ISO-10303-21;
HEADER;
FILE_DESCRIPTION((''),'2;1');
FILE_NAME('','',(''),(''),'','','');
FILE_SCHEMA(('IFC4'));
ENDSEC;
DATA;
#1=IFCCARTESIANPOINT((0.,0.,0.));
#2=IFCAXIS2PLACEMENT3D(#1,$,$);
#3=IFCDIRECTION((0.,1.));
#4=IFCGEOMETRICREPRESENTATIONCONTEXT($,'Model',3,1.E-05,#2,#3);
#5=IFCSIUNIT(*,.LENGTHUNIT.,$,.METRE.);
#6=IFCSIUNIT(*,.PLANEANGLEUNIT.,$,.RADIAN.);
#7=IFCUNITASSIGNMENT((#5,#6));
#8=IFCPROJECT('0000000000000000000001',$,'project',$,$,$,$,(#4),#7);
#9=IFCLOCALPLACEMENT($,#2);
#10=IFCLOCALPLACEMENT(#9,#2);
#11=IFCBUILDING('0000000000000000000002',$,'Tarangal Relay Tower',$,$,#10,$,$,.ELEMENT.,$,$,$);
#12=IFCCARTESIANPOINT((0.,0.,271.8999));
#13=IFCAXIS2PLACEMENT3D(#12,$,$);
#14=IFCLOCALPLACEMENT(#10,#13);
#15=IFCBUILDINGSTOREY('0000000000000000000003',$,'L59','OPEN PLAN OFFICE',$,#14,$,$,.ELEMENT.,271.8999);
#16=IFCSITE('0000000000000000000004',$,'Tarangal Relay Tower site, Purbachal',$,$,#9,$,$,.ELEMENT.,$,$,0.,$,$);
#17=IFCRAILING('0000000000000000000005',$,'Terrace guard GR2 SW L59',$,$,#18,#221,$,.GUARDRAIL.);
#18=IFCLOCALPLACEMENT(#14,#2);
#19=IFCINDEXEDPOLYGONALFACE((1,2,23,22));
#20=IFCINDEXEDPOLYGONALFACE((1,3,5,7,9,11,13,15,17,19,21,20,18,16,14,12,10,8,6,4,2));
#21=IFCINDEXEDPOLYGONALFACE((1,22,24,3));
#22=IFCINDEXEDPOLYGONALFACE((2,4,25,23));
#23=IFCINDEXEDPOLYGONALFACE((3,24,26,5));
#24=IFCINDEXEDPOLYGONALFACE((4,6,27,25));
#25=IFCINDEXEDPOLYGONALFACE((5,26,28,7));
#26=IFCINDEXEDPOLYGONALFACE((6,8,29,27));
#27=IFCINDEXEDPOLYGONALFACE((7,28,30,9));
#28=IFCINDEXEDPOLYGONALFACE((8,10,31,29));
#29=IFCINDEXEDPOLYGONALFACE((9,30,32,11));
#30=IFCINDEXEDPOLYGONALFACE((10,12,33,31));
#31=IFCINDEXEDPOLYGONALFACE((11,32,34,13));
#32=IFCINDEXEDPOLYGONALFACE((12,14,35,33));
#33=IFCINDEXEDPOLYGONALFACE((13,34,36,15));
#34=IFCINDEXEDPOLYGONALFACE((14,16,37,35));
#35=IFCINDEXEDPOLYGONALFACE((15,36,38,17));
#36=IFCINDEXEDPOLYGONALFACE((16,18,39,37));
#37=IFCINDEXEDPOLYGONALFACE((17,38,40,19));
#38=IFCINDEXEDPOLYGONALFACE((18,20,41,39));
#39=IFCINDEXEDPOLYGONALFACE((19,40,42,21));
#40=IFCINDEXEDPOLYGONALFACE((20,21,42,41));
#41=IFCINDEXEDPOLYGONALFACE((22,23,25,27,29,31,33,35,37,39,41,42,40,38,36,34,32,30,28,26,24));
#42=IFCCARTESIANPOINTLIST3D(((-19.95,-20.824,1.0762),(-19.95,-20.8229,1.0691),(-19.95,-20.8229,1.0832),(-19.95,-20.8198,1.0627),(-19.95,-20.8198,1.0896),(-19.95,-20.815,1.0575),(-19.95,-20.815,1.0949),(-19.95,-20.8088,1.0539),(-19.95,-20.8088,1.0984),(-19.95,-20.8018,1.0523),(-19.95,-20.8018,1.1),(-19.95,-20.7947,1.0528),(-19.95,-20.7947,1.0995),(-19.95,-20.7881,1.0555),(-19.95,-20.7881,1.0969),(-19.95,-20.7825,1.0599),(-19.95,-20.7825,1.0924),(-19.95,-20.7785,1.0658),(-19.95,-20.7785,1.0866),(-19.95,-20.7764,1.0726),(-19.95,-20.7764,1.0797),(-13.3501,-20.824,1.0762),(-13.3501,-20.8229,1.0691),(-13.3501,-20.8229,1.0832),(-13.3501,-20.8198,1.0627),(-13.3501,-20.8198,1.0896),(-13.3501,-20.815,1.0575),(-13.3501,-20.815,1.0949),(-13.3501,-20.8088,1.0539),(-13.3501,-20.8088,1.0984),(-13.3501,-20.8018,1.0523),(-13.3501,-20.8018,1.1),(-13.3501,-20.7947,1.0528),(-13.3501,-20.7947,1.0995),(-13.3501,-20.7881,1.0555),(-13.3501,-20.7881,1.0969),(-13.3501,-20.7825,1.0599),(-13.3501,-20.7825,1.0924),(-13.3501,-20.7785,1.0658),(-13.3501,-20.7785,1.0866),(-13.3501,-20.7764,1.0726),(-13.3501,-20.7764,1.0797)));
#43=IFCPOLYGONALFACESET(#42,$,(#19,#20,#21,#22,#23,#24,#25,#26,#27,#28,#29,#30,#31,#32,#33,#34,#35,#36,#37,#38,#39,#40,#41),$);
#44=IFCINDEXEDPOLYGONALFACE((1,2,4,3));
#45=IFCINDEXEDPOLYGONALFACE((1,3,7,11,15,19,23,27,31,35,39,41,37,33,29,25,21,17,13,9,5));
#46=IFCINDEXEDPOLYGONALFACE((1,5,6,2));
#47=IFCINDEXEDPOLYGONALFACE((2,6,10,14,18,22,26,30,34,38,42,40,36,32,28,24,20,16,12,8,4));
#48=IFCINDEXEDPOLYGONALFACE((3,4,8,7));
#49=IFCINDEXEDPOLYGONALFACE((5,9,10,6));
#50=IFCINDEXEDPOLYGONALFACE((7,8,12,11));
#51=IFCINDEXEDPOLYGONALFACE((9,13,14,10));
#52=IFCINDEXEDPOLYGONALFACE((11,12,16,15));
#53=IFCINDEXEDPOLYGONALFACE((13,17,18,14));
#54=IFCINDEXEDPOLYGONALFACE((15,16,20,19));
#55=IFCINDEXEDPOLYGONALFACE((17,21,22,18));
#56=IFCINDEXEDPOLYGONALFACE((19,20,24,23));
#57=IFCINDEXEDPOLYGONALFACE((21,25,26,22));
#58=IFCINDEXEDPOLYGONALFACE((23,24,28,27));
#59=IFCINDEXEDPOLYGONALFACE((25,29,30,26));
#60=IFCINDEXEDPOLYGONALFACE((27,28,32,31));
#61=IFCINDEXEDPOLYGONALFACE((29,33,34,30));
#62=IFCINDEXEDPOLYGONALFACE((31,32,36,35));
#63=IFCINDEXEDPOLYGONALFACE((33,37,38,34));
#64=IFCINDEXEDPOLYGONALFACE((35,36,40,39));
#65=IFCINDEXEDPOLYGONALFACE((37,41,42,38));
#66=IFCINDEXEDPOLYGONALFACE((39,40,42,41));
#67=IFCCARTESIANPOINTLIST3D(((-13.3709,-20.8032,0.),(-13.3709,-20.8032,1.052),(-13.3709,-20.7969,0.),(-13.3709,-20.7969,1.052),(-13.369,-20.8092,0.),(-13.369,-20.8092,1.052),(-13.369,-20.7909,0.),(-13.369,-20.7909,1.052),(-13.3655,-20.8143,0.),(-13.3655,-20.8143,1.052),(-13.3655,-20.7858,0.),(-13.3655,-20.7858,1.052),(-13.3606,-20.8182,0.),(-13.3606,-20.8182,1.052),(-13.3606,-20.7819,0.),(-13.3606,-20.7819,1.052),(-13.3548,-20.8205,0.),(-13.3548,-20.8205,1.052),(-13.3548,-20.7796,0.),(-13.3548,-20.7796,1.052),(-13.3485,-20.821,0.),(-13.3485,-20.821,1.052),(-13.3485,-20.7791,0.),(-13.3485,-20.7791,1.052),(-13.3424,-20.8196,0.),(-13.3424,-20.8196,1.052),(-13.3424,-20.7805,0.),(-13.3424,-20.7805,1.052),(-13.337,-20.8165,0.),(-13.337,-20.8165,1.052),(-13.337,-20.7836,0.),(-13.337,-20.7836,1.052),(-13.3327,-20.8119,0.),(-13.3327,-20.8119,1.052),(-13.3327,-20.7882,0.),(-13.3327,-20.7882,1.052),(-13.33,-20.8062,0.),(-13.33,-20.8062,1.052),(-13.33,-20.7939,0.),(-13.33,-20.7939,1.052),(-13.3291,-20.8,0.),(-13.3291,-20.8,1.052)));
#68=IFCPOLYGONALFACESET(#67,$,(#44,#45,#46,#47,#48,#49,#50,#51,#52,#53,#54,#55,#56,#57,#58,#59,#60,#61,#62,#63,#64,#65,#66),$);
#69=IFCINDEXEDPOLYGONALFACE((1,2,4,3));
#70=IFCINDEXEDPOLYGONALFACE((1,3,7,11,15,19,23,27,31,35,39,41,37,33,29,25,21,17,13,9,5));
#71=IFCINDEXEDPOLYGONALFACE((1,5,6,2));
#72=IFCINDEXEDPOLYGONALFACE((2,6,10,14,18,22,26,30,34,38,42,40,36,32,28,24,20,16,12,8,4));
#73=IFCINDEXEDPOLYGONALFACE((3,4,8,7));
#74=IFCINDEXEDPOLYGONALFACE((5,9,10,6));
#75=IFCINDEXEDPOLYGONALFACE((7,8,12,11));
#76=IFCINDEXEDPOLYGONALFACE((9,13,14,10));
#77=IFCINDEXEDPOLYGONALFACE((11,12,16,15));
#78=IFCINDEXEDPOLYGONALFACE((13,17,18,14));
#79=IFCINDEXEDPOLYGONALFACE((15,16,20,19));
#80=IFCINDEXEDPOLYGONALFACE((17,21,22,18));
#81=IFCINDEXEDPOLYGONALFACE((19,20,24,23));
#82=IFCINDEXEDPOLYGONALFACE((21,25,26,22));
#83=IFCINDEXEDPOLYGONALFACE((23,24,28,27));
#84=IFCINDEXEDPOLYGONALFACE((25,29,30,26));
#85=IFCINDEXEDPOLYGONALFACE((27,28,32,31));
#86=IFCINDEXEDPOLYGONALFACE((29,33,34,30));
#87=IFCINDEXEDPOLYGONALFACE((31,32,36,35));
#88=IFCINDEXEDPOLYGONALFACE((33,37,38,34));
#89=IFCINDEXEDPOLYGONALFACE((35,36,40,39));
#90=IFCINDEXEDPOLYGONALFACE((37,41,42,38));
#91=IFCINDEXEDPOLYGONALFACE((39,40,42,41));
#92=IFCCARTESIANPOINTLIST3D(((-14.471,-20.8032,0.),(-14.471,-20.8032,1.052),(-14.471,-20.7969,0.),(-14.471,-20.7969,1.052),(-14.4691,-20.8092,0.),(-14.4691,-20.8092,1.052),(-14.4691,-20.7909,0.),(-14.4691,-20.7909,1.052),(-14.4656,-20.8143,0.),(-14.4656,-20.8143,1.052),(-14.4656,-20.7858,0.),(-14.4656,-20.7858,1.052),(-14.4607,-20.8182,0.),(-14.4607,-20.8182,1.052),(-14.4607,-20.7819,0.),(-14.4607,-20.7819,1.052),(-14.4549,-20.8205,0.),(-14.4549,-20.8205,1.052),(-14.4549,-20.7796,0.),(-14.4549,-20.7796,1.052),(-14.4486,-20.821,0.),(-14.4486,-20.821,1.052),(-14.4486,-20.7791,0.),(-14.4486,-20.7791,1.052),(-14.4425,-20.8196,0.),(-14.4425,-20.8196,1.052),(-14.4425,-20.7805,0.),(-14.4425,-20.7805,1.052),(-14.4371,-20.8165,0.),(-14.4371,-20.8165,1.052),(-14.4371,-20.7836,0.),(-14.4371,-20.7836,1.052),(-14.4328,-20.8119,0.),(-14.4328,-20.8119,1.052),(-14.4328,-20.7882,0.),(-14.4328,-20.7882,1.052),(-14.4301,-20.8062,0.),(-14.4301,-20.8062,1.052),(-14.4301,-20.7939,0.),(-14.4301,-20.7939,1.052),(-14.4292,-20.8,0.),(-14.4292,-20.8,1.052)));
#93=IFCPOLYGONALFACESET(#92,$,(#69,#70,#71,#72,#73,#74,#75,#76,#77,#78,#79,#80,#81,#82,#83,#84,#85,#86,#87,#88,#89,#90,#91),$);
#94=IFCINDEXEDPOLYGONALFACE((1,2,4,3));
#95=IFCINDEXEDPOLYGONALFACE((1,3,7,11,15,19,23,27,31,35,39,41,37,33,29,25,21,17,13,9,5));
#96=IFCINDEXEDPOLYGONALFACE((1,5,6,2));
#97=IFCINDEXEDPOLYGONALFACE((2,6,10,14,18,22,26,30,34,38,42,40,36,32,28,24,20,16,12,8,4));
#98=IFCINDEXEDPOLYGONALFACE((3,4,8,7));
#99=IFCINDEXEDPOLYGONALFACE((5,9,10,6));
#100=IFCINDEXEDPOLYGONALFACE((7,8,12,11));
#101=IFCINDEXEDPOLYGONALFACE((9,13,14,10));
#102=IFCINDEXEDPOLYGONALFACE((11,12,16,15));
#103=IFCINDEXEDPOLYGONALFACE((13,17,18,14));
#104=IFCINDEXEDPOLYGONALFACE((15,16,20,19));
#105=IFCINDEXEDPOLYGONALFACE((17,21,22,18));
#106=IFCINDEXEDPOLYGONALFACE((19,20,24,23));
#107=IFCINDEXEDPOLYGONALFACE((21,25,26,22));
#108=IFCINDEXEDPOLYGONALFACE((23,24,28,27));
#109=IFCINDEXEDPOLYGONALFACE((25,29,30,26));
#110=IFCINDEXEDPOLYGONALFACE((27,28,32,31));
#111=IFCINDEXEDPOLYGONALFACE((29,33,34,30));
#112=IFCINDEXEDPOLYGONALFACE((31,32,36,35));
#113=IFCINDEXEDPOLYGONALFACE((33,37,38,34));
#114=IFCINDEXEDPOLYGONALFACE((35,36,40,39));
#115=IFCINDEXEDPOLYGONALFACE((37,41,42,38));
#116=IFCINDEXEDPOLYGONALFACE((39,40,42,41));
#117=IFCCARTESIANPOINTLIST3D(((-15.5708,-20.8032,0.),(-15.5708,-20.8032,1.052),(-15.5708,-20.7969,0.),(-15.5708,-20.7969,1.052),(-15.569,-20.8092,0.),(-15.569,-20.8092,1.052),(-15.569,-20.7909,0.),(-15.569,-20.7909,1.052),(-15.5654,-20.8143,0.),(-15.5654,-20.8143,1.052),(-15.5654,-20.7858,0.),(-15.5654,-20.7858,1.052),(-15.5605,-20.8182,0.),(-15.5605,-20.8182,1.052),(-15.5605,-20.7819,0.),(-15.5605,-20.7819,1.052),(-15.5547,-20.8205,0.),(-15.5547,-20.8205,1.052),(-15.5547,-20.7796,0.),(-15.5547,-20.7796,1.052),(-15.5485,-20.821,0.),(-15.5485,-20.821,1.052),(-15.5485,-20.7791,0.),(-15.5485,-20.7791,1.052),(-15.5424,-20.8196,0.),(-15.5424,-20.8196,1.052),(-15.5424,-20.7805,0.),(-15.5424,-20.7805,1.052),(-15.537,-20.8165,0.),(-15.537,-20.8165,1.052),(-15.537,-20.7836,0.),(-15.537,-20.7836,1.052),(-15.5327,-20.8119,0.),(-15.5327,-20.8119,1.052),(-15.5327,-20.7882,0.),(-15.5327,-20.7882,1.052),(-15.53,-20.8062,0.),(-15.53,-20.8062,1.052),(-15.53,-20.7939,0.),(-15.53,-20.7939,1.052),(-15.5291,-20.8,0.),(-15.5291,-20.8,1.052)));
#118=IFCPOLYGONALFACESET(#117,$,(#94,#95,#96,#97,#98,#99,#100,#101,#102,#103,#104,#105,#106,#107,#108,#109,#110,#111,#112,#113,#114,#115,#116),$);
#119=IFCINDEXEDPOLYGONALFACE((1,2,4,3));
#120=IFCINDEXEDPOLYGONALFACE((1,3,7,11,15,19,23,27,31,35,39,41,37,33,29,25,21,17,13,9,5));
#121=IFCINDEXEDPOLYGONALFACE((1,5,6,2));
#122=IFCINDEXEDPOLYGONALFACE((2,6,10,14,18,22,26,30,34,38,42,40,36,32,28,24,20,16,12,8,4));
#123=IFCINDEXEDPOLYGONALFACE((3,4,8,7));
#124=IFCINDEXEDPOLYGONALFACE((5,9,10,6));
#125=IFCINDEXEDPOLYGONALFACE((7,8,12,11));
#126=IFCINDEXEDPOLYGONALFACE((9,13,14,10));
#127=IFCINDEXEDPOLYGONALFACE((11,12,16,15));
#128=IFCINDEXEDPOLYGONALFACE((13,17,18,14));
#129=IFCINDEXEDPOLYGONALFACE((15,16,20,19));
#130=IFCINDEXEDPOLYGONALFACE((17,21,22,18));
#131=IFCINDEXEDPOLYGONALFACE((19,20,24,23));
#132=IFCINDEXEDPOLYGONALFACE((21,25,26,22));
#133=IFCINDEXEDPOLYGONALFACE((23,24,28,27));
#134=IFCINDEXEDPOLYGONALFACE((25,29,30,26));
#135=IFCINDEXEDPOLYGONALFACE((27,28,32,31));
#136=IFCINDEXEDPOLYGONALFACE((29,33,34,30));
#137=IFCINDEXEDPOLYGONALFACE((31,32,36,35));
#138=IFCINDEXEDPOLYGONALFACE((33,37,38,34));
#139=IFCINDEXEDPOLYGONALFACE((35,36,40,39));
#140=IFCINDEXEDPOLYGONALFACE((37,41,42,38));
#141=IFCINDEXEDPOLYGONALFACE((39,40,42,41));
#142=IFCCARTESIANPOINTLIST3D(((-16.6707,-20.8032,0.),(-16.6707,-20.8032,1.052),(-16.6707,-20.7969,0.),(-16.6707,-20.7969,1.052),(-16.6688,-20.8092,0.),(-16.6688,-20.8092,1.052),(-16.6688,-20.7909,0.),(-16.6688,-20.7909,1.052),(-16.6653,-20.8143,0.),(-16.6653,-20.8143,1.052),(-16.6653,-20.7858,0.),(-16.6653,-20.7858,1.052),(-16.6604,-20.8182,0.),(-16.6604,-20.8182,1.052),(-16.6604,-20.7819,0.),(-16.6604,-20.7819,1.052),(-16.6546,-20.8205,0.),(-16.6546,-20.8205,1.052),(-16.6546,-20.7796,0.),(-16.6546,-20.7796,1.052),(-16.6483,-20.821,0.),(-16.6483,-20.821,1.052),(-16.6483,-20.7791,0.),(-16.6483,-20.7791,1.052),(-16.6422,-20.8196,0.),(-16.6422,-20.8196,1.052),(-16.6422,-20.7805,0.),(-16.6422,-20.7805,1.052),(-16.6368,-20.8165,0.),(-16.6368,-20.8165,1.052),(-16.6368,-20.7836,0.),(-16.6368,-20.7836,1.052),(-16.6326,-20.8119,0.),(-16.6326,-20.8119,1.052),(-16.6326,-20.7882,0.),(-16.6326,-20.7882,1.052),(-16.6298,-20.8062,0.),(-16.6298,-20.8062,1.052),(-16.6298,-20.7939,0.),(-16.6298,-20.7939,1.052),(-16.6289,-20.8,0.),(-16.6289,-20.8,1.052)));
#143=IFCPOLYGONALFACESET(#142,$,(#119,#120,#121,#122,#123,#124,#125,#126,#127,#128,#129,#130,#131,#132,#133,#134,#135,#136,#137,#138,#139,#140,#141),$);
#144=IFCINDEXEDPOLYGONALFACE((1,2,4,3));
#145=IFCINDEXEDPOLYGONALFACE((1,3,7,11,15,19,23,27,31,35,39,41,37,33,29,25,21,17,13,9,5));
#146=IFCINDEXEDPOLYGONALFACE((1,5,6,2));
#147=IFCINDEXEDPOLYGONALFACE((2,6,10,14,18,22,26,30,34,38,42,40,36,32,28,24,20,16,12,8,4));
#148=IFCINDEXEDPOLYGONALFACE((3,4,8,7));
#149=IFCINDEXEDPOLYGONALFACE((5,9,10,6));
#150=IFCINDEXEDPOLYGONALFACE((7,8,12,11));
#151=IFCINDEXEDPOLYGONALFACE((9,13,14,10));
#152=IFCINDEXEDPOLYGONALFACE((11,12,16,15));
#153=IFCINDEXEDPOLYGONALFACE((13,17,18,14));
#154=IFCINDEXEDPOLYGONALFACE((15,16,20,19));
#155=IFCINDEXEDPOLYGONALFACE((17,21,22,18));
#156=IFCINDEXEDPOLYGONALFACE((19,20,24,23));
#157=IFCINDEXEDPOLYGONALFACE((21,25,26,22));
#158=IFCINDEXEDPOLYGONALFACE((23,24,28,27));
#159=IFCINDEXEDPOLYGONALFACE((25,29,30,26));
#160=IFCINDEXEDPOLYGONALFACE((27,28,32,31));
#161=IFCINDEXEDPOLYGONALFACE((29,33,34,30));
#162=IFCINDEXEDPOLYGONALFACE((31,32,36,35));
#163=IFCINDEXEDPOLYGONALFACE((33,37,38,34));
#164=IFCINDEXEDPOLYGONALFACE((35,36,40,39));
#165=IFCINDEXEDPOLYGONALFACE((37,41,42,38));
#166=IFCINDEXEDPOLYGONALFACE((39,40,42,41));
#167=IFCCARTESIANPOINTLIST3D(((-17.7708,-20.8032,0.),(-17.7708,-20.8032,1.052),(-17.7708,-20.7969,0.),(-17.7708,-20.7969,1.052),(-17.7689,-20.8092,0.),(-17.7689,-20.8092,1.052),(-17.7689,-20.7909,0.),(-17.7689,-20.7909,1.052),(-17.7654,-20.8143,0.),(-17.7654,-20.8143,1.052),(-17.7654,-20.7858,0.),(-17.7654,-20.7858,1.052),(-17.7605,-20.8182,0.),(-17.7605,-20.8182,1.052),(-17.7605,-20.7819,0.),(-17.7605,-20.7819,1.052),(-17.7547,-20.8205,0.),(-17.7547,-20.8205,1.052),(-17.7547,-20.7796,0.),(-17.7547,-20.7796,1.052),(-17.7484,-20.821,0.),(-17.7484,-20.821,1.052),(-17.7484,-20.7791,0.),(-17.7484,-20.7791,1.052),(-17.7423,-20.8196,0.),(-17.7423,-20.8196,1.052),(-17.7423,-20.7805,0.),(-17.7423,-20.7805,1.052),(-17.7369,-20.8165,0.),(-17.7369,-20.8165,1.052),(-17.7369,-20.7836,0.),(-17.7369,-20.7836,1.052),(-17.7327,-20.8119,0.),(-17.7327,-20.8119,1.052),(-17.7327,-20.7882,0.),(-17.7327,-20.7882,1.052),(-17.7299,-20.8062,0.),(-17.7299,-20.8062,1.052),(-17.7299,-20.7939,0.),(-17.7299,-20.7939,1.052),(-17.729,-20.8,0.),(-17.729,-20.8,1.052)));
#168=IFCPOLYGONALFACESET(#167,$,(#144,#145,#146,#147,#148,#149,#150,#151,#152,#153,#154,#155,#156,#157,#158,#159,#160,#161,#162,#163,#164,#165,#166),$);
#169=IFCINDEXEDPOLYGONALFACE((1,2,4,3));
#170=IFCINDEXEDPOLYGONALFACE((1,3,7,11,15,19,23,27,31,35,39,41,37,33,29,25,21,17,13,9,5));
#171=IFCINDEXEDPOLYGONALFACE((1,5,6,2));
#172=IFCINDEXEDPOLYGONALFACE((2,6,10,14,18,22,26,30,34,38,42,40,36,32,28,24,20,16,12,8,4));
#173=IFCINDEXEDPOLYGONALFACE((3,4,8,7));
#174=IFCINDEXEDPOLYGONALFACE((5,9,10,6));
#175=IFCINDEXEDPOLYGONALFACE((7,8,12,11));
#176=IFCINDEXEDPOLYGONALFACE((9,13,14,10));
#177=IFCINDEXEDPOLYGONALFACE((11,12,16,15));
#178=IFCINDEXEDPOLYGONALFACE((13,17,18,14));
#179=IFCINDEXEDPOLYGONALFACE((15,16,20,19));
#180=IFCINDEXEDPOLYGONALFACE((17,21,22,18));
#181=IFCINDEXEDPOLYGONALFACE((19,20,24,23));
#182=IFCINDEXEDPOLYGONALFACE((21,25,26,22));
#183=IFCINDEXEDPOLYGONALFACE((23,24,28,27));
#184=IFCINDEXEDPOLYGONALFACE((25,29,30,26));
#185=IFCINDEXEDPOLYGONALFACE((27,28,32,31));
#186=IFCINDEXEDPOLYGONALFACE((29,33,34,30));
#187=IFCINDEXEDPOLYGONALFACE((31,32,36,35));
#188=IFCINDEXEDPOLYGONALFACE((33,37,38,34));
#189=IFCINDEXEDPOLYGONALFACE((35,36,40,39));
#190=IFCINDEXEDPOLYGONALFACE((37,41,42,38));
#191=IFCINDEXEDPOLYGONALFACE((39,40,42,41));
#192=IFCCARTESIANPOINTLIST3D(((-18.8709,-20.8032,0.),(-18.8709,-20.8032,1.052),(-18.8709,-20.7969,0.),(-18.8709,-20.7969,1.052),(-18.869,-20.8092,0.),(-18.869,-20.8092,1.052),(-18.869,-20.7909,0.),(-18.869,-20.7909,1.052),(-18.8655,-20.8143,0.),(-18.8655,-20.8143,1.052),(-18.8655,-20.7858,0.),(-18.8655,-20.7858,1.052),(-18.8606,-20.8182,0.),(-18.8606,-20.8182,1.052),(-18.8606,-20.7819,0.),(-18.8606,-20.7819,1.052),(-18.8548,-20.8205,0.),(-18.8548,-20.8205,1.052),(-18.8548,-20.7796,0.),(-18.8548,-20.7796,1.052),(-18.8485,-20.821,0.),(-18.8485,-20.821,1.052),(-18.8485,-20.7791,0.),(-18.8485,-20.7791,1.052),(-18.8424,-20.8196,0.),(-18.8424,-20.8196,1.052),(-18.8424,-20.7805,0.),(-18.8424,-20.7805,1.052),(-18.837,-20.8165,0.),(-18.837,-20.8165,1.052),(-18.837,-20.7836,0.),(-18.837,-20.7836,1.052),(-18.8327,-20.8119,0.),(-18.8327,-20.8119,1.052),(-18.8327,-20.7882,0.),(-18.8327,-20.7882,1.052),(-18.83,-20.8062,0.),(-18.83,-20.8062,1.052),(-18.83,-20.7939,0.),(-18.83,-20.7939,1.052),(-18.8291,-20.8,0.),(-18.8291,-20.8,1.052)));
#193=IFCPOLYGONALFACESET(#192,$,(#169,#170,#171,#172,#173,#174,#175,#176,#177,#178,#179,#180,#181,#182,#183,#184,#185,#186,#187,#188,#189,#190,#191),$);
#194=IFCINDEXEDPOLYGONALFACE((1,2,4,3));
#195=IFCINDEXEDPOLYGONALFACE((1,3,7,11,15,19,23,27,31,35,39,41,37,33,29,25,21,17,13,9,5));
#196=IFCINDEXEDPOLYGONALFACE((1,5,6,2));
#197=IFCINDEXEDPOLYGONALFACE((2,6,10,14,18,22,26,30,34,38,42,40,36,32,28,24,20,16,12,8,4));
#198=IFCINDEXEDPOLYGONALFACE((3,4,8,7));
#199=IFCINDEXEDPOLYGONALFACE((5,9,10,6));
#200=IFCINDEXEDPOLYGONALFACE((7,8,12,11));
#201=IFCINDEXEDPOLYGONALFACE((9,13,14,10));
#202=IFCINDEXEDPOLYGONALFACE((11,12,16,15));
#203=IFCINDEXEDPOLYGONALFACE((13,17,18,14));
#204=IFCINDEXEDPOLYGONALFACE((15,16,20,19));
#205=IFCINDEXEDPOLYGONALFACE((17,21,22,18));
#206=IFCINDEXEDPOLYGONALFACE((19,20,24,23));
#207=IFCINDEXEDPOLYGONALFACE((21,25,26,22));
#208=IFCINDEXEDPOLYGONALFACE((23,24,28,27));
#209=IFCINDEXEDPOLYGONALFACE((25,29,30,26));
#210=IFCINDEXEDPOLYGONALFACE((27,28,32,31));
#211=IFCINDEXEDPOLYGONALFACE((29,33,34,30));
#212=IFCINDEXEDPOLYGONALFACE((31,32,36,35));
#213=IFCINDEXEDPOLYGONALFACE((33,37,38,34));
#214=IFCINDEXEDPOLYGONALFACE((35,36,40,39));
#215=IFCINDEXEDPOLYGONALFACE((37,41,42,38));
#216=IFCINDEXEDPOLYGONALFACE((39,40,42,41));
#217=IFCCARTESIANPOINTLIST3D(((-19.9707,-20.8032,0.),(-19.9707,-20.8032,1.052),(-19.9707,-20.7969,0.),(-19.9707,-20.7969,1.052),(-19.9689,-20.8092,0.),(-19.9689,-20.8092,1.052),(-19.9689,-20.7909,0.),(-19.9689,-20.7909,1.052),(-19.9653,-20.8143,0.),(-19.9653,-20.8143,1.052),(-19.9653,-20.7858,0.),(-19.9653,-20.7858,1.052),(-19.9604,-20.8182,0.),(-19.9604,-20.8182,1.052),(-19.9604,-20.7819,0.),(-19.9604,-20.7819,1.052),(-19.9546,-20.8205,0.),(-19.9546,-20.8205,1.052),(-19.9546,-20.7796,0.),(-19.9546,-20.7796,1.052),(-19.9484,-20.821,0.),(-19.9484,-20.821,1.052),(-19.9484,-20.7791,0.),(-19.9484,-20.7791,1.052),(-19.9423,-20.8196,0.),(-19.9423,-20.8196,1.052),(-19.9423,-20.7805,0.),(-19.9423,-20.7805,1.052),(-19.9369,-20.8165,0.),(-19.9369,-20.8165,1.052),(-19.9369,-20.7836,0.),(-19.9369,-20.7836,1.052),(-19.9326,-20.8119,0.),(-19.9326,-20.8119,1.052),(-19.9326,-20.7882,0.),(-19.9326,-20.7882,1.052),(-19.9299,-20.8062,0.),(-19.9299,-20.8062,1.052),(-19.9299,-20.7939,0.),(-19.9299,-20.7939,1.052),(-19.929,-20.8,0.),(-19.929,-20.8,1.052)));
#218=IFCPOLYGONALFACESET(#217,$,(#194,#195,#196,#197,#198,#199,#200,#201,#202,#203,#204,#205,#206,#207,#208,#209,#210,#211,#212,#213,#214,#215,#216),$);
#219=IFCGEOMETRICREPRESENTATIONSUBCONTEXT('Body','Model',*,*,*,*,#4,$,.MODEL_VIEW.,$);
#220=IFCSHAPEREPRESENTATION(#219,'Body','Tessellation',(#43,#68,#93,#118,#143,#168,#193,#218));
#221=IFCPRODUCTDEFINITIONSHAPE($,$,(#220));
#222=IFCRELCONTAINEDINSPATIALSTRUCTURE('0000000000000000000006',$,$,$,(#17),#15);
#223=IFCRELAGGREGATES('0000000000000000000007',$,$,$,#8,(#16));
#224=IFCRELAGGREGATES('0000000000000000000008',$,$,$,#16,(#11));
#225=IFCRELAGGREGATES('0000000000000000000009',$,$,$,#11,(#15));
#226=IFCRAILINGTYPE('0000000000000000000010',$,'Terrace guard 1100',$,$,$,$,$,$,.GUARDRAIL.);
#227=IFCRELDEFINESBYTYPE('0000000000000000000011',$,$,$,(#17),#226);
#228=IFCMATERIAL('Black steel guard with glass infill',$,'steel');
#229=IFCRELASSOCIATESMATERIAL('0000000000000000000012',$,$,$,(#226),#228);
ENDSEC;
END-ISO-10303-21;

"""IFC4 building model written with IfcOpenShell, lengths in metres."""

from ifc_helpers import new_model, si_unit, direction, frame, origin, origin_2d, place, context, subcontext, project, spatial, circle, extrude, material, type_object, element, save


model = new_model("IFC4")

# Units and contexts
model_context = context("Model", 3, precision=1e-05, world=origin(), true_north=direction((0.0, 1.0)))
body_context = subcontext(model_context, "Body", "Model", "MODEL_VIEW")
ifc_project = project(units=[si_unit("LENGTHUNIT", "METRE"), si_unit("PLANEANGLEUNIT", "RADIAN")], contexts=[model_context])

# Site, building, storey
site_placement = place(None, origin())
site = spatial("IfcSite", under=ifc_project, at=site_placement, Name="Tarangal Relay Tower site, Purbachal", CompositionType="ELEMENT", RefElevation=0.0)
building_placement = place(site_placement, origin())
building = spatial("IfcBuilding", under=site, at=building_placement, Name="Tarangal Relay Tower", CompositionType="ELEMENT")
storey_placement = place(building_placement, frame((0.0, 0.0, 271.8999)))
storey = spatial("IfcBuildingStorey", under=building, at=storey_placement, Name="L59", Description="OPEN PLAN OFFICE", CompositionType="ELEMENT", Elevation=271.8999)

# Railing
ifc_material_1 = material(Name="Black steel guard with glass infill", Category="steel")
railing_type = type_object("IfcRailingType", Name="Terrace guard 1100", PredefinedType="GUARDRAIL", material=ifc_material_1)
railing_1_placement = place(storey_placement, frame((-13.3501, -20.8, 0.0)))
element("IfcRailing", 1, at=railing_1_placement, inside=storey, type_object=railing_type, Name="Terrace guard GR2 SW L59", PredefinedType="GUARDRAIL", context=body_context, shape_type="SweptSolid", body=[
    extrude(circle(Radius=0.0239, at=origin_2d()), frame((0.0, 0.0, 1.0762), z_axis=(-1.0, 0.0, 0.0), x_axis=(0.0, -1.0, 0.0)), (0.0, 0.0, 1.0), 6.5999),
    extrude(circle(Radius=0.021, at=origin_2d()), origin(), (0.0, 0.0, 1.0), 1.052),
    extrude(circle(Radius=0.021, at=origin_2d()), frame((-1.1001, 0.0, 0.0)), (0.0, 0.0, 1.0), 1.052),
    extrude(circle(Radius=0.021, at=origin_2d()), frame((-2.2, 0.0, 0.0)), (0.0, 0.0, 1.0), 1.052),
    extrude(circle(Radius=0.021, at=origin_2d()), frame((-3.2998, 0.0, 0.0)), (0.0, 0.0, 1.0), 1.052),
    extrude(circle(Radius=0.021, at=origin_2d()), frame((-4.3999, 0.0, 0.0)), (0.0, 0.0, 1.0), 1.052),
    extrude(circle(Radius=0.021, at=origin_2d()), frame((-5.5, 0.0, 0.0)), (0.0, 0.0, 1.0), 1.052),
    extrude(circle(Radius=0.021, at=origin_2d()), frame((-6.5999, 0.0, 0.0)), (0.0, 0.0, 1.0), 1.052),
])

save(model, "model.ifc")
